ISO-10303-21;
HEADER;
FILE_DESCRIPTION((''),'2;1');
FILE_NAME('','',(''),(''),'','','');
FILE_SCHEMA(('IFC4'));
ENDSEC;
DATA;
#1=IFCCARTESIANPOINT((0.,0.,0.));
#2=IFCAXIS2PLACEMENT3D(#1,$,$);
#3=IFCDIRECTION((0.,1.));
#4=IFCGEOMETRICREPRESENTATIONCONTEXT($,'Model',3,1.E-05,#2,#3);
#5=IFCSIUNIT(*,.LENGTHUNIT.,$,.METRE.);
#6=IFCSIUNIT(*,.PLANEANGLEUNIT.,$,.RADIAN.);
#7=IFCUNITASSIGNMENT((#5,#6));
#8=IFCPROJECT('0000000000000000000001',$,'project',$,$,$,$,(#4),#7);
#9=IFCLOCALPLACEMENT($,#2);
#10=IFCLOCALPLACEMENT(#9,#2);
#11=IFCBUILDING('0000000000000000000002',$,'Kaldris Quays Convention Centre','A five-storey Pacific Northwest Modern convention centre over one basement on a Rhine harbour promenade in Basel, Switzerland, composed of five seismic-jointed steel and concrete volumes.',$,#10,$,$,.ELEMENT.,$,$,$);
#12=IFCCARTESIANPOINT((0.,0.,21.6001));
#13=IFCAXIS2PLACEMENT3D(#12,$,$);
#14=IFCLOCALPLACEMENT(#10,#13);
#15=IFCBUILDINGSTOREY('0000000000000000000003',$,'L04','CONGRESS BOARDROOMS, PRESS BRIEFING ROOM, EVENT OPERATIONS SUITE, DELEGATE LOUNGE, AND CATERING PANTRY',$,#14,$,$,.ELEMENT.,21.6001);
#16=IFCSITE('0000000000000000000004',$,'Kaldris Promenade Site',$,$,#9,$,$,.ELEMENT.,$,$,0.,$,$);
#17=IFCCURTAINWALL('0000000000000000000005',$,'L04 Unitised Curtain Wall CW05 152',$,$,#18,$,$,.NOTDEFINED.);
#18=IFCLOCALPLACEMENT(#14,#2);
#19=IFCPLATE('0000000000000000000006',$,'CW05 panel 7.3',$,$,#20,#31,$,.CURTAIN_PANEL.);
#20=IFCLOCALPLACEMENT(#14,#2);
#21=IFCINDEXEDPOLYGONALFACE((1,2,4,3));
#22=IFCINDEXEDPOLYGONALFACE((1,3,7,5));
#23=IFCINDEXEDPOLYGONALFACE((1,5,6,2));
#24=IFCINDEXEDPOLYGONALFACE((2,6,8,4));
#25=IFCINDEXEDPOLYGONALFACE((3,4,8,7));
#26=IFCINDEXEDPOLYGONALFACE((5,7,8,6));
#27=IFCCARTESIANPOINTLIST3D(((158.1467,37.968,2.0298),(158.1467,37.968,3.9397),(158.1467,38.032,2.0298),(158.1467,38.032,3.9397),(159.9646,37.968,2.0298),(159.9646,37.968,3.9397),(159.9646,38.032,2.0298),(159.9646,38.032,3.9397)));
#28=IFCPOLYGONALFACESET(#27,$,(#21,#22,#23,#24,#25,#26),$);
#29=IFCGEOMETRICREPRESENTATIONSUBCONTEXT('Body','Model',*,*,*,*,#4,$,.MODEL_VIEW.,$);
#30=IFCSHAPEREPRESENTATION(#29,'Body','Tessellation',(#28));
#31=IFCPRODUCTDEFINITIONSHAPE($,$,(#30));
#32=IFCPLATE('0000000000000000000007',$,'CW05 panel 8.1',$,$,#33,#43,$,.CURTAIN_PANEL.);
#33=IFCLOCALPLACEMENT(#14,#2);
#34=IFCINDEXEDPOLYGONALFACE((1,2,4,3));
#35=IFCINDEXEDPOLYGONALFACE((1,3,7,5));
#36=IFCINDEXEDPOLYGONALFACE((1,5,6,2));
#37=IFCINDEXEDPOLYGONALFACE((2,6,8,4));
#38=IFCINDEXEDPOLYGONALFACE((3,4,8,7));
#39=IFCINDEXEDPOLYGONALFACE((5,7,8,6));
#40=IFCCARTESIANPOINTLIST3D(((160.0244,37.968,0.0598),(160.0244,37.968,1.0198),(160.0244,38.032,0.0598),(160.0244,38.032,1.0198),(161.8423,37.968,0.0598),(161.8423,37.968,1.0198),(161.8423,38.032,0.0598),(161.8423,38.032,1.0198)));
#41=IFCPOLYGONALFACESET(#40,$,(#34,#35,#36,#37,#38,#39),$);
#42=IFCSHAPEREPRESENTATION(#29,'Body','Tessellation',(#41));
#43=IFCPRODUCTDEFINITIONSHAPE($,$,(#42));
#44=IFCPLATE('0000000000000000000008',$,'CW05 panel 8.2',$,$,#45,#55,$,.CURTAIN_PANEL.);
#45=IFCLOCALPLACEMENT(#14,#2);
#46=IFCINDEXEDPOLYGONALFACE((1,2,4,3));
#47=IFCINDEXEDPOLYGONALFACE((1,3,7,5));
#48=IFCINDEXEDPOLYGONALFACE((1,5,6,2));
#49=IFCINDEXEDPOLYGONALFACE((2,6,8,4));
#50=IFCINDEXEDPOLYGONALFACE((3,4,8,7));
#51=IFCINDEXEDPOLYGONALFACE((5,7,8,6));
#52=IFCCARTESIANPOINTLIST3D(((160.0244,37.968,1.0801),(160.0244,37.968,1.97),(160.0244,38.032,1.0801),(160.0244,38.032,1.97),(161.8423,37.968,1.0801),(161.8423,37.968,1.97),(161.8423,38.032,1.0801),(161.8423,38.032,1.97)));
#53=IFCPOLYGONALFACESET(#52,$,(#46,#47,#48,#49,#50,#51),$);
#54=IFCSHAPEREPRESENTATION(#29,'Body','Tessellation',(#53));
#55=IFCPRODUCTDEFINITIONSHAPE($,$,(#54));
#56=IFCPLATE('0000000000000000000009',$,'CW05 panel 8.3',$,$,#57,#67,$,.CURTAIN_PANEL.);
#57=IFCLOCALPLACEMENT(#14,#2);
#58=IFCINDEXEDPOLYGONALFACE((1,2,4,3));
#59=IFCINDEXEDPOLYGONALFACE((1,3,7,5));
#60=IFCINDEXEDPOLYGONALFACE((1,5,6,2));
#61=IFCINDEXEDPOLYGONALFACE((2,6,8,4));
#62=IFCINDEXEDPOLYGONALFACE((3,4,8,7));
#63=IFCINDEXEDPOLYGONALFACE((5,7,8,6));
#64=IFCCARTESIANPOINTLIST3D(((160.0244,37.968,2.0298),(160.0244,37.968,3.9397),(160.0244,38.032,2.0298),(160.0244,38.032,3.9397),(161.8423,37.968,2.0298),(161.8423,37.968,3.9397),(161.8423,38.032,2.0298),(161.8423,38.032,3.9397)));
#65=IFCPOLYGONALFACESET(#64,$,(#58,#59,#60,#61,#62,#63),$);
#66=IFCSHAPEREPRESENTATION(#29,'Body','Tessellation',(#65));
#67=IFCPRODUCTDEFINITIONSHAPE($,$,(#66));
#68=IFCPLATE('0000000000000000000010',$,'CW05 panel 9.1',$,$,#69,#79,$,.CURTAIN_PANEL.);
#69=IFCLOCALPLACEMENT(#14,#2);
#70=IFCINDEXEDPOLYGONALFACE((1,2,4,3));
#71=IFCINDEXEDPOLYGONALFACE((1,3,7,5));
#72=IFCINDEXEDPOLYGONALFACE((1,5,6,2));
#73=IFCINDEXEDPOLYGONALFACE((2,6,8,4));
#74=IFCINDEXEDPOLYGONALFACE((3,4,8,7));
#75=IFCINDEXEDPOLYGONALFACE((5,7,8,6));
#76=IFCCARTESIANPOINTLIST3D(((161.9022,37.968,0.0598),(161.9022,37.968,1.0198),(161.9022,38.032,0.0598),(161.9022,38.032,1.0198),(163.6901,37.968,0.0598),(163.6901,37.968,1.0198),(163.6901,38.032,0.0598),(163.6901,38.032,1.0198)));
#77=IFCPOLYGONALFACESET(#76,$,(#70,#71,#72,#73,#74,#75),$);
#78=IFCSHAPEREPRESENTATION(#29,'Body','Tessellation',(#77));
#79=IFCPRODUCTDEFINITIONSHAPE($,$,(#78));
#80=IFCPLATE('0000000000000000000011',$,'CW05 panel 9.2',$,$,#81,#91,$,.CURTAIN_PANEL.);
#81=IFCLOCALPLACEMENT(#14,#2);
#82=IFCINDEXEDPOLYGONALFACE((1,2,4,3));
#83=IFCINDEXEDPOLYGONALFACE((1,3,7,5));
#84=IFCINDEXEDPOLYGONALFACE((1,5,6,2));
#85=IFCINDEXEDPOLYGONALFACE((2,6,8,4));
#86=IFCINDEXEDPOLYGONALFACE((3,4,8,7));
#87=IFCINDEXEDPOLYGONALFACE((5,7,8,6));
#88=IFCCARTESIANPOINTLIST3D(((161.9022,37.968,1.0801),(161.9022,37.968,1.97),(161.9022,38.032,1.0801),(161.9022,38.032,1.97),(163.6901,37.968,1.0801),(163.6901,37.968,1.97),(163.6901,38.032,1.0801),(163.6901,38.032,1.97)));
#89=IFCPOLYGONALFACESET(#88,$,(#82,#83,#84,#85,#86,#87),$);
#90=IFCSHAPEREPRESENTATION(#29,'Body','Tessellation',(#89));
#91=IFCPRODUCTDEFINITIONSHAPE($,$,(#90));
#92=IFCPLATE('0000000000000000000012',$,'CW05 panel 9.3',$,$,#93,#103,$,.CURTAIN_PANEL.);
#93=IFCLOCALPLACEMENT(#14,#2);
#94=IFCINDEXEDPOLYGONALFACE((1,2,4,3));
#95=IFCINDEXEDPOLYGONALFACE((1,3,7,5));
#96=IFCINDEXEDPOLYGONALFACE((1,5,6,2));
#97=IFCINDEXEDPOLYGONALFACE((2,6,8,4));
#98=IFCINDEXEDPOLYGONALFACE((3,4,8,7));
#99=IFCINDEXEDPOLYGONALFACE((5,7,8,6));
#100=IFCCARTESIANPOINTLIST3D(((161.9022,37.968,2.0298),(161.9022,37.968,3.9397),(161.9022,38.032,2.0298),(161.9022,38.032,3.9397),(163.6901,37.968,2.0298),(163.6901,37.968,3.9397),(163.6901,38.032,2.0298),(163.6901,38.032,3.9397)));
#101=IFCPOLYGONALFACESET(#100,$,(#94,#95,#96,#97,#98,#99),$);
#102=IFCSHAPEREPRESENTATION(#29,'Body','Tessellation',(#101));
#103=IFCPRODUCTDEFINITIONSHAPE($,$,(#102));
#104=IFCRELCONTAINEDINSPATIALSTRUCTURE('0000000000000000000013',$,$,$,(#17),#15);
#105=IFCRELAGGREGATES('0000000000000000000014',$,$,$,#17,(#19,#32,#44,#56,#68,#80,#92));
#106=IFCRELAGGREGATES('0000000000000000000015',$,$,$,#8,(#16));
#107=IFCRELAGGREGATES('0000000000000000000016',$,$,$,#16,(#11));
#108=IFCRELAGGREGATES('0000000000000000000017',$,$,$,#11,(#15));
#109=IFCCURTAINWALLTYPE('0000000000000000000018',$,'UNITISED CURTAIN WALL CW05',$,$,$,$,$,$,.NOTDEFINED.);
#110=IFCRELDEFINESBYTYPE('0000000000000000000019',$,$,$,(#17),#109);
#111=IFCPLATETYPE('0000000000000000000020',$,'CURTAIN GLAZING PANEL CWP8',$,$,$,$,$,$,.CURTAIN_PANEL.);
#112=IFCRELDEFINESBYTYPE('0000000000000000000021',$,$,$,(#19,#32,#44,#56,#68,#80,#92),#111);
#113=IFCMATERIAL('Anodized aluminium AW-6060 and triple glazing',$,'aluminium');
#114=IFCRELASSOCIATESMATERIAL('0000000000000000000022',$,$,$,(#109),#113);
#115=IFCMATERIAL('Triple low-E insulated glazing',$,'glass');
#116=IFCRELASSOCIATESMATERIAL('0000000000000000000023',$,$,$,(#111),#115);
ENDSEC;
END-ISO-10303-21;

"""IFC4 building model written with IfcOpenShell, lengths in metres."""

from ifc_helpers import new_model, si_unit, direction, frame, origin, origin_2d, place, context, subcontext, project, spatial, rectangle, extrude, material, type_object, element, aggregate, save


model = new_model("IFC4")

# Units and contexts
model_context = context("Model", 3, precision=1e-05, world=origin(), true_north=direction((0.0, 1.0)))
body_context = subcontext(model_context, "Body", "Model", "MODEL_VIEW")
ifc_project = project(units=[si_unit("LENGTHUNIT", "METRE"), si_unit("PLANEANGLEUNIT", "RADIAN")], contexts=[model_context])

# Site, building, storey
site_placement = place(None, origin())
site = spatial("IfcSite", under=ifc_project, at=site_placement, Name="Kaldris Promenade Site", CompositionType="ELEMENT", RefElevation=0.0)
building_placement = place(site_placement, origin())
building = spatial("IfcBuilding", under=site, at=building_placement, Name="Kaldris Quays Convention Centre", Description="A five-storey Pacific Northwest Modern convention centre over one basement on a Rhine harbour promenade in Basel, Switzerland, composed of five seismic-jointed steel and concrete volumes.", CompositionType="ELEMENT")
storey_placement = place(building_placement, frame((0.0, 0.0, 21.6001)))
storey = spatial("IfcBuildingStorey", under=building, at=storey_placement, Name="L04", Description="CONGRESS BOARDROOMS, PRESS BRIEFING ROOM, EVENT OPERATIONS SUITE, DELEGATE LOUNGE, AND CATERING PANTRY", CompositionType="ELEMENT", Elevation=21.6001)

# Curtain wall
ifc_material_1 = material(Name="Anodized aluminium AW-6060 and triple glazing", Category="aluminium")
curtain_wall_type = type_object("IfcCurtainWallType", Name="UNITISED CURTAIN WALL CW05", PredefinedType="NOTDEFINED", material=ifc_material_1)
curtain_wall_placement = place(storey_placement, origin())
curtain_wall = element("IfcCurtainWall", 1, at=curtain_wall_placement, inside=storey, type_object=curtain_wall_type, Name="L04 Unitised Curtain Wall CW05 152", PredefinedType="NOTDEFINED")

# Plates
ifc_material_2 = material(Name="Triple low-E insulated glazing", Category="glass")
plate_type = type_object("IfcPlateType", Name="CURTAIN GLAZING PANEL CWP8", PredefinedType="CURTAIN_PANEL", material=ifc_material_2)
plate_1_placement = place(storey_placement, frame((159.0557, 38.0, 2.0298), z_axis=(0.0, 0.0, 1.0), x_axis=(1.0, 0.0, 0.0)))
plate_1 = element("IfcPlate", 2, at=plate_1_placement, type_object=plate_type, Name="CW05 panel 7.3", PredefinedType="CURTAIN_PANEL", context=body_context, shape_type="SweptSolid", body=[
    extrude(rectangle(XDim=1.8179, YDim=0.064, at=origin_2d()), origin(), (0.0, 0.0, 1.0), 1.9099),
])
plate_2_placement = place(storey_placement, frame((160.9333, 38.0, 0.0598), z_axis=(0.0, 0.0, 1.0), x_axis=(1.0, 0.0, 0.0)))
plate_2 = element("IfcPlate", 3, at=plate_2_placement, type_object=plate_type, Name="CW05 panel 8.1", PredefinedType="CURTAIN_PANEL", context=body_context, shape_type="SweptSolid", body=[
    extrude(rectangle(XDim=1.8179, YDim=0.064, at=origin_2d()), origin(), (0.0, 0.0, 1.0), 0.96),
])
plate_3_placement = place(storey_placement, frame((160.9333, 38.0, 1.0801), z_axis=(0.0, 0.0, 1.0), x_axis=(1.0, 0.0, 0.0)))
plate_3 = element("IfcPlate", 4, at=plate_3_placement, type_object=plate_type, Name="CW05 panel 8.2", PredefinedType="CURTAIN_PANEL", context=body_context, shape_type="SweptSolid", body=[
    extrude(rectangle(XDim=1.8179, YDim=0.064, at=origin_2d()), origin(), (0.0, 0.0, 1.0), 0.8899),
])
plate_4_placement = place(storey_placement, frame((160.9333, 38.0, 2.0298), z_axis=(0.0, 0.0, 1.0), x_axis=(1.0, 0.0, 0.0)))
plate_4 = element("IfcPlate", 5, at=plate_4_placement, type_object=plate_type, Name="CW05 panel 8.3", PredefinedType="CURTAIN_PANEL", context=body_context, shape_type="SweptSolid", body=[
    extrude(rectangle(XDim=1.8179, YDim=0.064, at=origin_2d()), origin(), (0.0, 0.0, 1.0), 1.9099),
])
plate_5_placement = place(storey_placement, frame((162.7961, 38.0, 0.0598), z_axis=(0.0, 0.0, 1.0), x_axis=(1.0, 0.0, 0.0)))
plate_5 = element("IfcPlate", 6, at=plate_5_placement, type_object=plate_type, Name="CW05 panel 9.1", PredefinedType="CURTAIN_PANEL", context=body_context, shape_type="SweptSolid", body=[
    extrude(rectangle(XDim=1.7878, YDim=0.064, at=origin_2d()), origin(), (0.0, 0.0, 1.0), 0.96),
])
plate_6_placement = place(storey_placement, frame((162.7961, 38.0, 1.0801), z_axis=(0.0, 0.0, 1.0), x_axis=(1.0, 0.0, 0.0)))
plate_6 = element("IfcPlate", 7, at=plate_6_placement, type_object=plate_type, Name="CW05 panel 9.2", PredefinedType="CURTAIN_PANEL", context=body_context, shape_type="SweptSolid", body=[
    extrude(rectangle(XDim=1.7878, YDim=0.064, at=origin_2d()), origin(), (0.0, 0.0, 1.0), 0.8899),
])
plate_7_placement = place(storey_placement, frame((162.7961, 38.0, 2.0298), z_axis=(0.0, 0.0, 1.0), x_axis=(1.0, 0.0, 0.0)))
plate_7 = element("IfcPlate", 8, at=plate_7_placement, type_object=plate_type, Name="CW05 panel 9.3", PredefinedType="CURTAIN_PANEL", context=body_context, shape_type="SweptSolid", body=[
    extrude(rectangle(XDim=1.7878, YDim=0.064, at=origin_2d()), origin(), (0.0, 0.0, 1.0), 1.9099),
])
aggregate(curtain_wall, [plate_1, plate_2, plate_3, plate_4, plate_5, plate_6, plate_7])

save(model, "model.ifc")
